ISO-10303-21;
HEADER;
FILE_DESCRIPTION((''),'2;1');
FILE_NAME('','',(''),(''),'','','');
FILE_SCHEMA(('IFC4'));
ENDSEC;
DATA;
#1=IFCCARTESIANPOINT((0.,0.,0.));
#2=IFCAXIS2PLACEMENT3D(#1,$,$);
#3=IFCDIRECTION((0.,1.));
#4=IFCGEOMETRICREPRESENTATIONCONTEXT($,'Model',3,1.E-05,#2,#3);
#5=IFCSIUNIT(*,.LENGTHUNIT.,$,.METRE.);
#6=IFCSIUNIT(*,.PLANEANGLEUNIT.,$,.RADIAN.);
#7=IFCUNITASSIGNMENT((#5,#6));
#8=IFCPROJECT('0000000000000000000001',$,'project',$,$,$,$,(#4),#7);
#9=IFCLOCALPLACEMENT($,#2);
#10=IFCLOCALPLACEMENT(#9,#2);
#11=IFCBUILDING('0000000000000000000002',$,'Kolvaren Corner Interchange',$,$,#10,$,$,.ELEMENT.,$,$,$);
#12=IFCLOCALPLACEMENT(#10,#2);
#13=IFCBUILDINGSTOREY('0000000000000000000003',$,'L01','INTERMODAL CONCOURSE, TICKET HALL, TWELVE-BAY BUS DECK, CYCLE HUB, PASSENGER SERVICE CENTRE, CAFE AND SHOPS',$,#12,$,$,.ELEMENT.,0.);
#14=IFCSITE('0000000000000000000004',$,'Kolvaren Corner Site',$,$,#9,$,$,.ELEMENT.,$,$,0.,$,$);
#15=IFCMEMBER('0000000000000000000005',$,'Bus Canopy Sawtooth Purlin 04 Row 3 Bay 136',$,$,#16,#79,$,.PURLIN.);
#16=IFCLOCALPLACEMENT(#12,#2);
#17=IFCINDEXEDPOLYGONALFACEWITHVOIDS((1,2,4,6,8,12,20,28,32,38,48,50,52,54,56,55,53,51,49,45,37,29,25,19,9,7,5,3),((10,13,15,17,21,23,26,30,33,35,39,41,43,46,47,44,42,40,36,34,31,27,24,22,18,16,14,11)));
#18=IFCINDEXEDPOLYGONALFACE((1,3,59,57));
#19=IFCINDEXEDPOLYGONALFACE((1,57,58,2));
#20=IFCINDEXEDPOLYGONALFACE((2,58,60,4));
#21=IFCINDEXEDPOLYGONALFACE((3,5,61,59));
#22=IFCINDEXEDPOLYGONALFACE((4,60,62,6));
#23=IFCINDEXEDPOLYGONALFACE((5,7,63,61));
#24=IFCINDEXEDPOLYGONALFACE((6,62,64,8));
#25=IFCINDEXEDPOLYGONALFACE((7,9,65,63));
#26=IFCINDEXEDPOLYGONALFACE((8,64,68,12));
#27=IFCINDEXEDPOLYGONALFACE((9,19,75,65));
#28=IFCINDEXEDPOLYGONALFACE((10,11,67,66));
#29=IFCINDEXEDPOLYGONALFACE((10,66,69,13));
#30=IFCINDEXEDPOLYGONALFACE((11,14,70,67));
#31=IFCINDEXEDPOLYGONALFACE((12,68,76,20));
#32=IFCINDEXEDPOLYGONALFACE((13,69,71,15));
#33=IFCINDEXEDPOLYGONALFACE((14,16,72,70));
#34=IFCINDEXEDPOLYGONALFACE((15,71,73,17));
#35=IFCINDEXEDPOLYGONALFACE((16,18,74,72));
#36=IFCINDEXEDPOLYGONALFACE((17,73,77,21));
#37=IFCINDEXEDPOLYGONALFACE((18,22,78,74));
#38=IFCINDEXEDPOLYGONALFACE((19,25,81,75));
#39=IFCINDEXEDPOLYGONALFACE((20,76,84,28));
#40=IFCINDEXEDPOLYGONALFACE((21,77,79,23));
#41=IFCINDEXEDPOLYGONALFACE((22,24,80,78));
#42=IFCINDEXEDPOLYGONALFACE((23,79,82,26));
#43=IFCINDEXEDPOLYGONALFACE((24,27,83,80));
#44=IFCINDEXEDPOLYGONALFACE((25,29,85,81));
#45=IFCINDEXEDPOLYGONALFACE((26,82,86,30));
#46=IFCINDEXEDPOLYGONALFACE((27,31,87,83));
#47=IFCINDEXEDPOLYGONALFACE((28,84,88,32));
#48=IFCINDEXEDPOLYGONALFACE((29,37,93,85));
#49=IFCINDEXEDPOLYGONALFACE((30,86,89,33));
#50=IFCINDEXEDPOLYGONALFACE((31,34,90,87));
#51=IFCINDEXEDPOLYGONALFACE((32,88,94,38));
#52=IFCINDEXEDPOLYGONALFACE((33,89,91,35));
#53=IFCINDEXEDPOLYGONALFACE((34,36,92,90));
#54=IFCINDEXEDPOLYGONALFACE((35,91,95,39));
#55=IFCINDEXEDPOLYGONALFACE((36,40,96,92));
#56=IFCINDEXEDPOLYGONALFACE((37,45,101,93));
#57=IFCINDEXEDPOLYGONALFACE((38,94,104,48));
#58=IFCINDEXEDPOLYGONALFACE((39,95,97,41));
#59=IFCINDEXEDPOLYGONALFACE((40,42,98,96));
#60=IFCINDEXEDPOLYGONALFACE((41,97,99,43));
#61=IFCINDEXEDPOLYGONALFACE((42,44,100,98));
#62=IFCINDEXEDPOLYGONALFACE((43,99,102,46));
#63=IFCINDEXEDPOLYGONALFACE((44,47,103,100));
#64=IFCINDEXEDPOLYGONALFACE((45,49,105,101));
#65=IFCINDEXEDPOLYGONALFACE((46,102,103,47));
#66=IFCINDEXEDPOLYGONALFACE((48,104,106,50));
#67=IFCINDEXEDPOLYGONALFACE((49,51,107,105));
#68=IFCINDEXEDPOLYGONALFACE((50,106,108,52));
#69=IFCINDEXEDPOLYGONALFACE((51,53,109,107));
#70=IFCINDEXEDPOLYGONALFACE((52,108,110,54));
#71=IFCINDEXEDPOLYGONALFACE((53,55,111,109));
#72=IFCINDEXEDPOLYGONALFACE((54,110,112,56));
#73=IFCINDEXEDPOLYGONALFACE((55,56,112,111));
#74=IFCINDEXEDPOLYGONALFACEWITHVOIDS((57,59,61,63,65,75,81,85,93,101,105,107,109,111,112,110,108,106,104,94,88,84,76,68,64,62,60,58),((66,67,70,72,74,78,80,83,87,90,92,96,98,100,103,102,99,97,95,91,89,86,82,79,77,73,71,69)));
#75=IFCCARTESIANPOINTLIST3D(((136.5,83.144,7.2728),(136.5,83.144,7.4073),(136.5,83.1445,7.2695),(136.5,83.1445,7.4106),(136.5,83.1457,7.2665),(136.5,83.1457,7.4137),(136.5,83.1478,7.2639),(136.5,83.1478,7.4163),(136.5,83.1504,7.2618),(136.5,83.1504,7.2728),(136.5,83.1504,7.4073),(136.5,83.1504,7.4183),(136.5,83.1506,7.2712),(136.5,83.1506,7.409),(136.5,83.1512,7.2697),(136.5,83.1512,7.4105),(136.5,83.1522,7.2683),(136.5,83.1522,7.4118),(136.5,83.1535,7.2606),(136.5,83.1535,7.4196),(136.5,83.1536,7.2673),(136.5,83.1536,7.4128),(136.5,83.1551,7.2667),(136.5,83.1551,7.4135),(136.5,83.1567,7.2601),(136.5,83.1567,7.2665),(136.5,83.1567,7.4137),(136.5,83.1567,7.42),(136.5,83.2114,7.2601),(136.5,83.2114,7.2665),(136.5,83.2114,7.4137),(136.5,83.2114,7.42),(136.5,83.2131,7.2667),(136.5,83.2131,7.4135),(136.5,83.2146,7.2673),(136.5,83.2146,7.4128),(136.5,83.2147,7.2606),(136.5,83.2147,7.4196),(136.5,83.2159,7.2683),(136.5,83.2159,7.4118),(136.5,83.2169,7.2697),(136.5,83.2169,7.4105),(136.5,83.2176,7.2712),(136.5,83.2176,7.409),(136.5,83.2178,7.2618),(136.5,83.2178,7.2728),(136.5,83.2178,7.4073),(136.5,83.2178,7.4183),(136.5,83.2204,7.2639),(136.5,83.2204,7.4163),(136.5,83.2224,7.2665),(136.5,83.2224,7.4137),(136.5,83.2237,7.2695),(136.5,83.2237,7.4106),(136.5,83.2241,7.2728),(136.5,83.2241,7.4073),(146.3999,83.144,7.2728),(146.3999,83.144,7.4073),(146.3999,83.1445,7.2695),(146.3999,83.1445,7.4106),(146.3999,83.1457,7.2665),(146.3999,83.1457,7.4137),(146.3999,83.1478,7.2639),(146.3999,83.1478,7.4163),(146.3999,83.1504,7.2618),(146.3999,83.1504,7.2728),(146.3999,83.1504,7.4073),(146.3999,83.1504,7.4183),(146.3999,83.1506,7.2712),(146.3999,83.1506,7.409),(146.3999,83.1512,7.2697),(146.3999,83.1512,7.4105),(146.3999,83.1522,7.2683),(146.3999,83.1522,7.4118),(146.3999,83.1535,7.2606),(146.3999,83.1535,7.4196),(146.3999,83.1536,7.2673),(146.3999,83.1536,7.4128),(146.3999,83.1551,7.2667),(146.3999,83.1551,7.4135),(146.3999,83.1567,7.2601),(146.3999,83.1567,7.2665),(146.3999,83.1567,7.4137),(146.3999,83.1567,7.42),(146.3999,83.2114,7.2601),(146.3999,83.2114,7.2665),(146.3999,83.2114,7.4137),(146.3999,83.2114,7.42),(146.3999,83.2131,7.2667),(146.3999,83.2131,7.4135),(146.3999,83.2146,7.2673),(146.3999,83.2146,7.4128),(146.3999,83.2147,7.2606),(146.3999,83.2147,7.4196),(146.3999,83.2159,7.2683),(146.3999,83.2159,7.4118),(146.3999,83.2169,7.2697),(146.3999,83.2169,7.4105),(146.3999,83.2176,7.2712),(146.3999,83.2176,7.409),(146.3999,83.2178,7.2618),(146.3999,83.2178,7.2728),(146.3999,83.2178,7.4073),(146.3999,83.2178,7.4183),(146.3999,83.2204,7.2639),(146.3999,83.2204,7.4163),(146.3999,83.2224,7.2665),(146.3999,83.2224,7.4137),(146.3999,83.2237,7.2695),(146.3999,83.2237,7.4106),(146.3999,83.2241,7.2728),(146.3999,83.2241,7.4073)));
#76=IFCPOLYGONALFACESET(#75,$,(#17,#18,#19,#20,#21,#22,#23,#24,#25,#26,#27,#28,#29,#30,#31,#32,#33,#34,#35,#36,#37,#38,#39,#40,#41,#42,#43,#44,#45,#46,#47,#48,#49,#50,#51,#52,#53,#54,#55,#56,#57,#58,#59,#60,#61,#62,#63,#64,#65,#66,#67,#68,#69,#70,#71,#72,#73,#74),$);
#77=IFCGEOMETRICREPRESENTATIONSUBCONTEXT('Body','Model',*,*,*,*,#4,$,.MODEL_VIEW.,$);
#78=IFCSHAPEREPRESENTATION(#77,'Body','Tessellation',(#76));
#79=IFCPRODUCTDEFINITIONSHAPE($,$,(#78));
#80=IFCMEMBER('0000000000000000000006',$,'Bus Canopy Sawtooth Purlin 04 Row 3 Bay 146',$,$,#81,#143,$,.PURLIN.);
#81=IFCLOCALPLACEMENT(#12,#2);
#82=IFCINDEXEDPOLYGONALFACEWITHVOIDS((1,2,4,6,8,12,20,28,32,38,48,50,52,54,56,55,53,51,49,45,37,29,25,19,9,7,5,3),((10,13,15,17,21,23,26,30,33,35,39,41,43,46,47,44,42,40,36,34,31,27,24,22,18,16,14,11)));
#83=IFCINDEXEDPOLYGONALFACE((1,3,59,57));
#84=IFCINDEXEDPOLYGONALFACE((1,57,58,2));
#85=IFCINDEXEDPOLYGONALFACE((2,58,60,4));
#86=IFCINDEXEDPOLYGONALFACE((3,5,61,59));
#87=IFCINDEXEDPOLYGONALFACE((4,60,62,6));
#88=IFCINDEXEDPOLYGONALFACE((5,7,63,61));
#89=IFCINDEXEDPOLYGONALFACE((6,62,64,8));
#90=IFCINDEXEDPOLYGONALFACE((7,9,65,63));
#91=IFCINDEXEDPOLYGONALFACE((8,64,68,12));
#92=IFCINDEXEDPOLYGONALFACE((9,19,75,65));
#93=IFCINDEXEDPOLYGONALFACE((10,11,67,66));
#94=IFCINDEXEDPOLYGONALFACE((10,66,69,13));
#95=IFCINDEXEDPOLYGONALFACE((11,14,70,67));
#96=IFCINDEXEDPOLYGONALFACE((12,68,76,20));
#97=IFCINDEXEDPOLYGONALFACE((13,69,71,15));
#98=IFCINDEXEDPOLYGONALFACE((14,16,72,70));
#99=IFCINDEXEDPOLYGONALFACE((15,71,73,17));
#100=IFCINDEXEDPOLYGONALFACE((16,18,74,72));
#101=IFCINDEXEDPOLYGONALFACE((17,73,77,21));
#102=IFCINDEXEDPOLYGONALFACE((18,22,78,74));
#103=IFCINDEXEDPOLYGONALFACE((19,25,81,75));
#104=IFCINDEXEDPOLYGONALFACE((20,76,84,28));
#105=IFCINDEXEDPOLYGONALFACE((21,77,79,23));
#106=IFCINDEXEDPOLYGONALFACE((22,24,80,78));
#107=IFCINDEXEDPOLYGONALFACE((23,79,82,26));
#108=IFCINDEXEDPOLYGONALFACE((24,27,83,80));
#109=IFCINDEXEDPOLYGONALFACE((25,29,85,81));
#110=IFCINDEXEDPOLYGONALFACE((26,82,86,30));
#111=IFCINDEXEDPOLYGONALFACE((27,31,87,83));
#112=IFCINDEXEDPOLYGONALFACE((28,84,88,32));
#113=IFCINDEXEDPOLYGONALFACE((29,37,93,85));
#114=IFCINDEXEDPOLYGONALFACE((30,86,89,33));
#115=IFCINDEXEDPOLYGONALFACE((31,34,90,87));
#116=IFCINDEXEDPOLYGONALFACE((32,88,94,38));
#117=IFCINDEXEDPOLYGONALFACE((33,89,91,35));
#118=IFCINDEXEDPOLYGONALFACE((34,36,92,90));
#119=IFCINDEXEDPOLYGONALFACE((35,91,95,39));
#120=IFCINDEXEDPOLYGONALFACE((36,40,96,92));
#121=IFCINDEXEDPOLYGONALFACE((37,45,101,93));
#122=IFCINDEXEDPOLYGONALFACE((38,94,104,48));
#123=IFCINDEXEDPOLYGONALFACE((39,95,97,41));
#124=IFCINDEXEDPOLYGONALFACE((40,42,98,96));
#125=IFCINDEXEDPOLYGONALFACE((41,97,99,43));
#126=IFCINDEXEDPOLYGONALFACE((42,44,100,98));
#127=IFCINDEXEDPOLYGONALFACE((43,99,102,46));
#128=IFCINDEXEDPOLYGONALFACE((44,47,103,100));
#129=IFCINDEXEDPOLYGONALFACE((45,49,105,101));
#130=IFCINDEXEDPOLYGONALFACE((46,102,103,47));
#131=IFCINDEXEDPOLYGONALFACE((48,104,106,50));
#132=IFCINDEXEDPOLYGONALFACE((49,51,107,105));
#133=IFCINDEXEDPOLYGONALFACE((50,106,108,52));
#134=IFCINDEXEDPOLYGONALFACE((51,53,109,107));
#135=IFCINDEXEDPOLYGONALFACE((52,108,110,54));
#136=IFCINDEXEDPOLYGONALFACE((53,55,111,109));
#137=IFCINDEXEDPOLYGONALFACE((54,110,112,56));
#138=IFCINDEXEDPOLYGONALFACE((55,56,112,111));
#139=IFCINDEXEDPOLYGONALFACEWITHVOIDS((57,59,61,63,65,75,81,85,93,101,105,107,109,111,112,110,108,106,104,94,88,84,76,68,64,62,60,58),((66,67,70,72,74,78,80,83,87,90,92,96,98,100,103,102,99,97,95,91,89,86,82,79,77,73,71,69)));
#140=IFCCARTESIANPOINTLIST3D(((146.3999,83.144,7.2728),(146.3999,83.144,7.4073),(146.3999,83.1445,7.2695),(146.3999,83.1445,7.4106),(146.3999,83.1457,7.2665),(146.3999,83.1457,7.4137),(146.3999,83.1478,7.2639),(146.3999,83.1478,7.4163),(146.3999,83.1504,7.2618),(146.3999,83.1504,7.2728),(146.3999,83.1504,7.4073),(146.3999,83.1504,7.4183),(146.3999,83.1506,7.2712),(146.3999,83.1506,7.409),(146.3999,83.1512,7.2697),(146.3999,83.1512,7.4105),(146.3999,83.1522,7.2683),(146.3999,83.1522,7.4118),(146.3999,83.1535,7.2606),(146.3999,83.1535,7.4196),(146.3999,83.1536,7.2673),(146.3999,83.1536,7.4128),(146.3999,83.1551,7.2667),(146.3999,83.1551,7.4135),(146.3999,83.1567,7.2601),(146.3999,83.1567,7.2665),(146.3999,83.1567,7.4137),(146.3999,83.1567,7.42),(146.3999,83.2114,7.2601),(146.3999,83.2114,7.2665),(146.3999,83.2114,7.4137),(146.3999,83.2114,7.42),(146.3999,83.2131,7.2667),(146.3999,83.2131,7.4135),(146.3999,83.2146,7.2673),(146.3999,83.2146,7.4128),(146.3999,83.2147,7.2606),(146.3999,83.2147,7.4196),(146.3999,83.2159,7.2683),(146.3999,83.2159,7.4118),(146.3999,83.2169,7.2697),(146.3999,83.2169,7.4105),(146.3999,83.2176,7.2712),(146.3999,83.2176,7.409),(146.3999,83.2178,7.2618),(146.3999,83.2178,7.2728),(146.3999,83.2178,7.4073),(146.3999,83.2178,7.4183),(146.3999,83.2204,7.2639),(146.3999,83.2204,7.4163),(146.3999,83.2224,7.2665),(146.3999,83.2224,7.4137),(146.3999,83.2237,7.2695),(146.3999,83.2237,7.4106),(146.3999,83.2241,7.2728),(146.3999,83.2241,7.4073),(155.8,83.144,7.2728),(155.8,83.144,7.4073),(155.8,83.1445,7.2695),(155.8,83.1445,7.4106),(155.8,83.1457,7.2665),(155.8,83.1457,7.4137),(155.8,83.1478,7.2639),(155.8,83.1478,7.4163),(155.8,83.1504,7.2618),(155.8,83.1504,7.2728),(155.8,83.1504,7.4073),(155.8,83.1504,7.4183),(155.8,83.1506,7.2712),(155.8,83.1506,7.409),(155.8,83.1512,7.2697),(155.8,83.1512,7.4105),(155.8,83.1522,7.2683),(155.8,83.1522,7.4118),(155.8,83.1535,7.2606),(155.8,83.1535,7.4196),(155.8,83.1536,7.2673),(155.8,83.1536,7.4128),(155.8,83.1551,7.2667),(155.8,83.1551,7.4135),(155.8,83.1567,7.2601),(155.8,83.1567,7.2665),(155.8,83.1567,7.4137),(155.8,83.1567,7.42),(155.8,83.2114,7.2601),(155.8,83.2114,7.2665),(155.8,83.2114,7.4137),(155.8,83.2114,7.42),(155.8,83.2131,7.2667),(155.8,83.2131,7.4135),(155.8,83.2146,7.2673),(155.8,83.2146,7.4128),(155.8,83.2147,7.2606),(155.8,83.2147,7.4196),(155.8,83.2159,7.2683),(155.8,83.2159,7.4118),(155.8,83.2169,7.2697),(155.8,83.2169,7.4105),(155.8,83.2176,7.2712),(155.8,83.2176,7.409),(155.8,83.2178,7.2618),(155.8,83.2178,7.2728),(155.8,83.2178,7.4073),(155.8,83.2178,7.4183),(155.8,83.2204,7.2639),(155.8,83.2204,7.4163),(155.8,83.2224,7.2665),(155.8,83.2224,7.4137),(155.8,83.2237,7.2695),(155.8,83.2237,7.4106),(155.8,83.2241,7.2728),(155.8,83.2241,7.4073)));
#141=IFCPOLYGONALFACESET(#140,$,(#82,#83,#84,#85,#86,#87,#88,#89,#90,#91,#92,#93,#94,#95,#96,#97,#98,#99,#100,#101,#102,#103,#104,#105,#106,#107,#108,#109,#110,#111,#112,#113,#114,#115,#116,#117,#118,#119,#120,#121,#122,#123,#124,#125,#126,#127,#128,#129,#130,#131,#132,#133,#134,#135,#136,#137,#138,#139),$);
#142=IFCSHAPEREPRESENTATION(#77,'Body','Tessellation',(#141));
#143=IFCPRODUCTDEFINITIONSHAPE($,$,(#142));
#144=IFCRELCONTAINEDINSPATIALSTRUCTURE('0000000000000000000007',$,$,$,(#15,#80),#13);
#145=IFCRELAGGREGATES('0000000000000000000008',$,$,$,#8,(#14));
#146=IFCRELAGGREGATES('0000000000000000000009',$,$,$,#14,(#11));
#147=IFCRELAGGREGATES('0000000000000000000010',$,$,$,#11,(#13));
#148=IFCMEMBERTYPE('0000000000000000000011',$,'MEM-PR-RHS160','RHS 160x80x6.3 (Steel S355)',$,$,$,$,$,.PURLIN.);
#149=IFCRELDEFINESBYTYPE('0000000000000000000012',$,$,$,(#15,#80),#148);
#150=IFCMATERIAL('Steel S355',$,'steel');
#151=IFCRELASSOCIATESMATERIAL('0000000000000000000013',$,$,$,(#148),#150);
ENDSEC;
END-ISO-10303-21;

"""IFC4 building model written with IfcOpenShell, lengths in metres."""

from ifc_helpers import new_model, si_unit, direction, frame, origin, origin_2d, place, context, subcontext, project, spatial, hollow_rectangle, extrude, material, material_profile, profile_set, type_object, element, save


model = new_model("IFC4")

# Units and contexts
model_context = context("Model", 3, precision=1e-05, world=origin(), true_north=direction((0.0, 1.0)))
body_context = subcontext(model_context, "Body", "Model", "MODEL_VIEW")
ifc_project = project(units=[si_unit("LENGTHUNIT", "METRE"), si_unit("PLANEANGLEUNIT", "RADIAN")], contexts=[model_context])

# Site, building, storey
site_placement = place(None, origin())
site = spatial("IfcSite", under=ifc_project, at=site_placement, Name="Kolvaren Corner Site", CompositionType="ELEMENT", RefElevation=0.0)
building_placement = place(site_placement, origin())
building = spatial("IfcBuilding", under=site, at=building_placement, Name="Kolvaren Corner Interchange", CompositionType="ELEMENT")
storey_placement = place(building_placement, origin())
storey = spatial("IfcBuildingStorey", under=building, at=storey_placement, Name="L01", Description="INTERMODAL CONCOURSE, TICKET HALL, TWELVE-BAY BUS DECK, CYCLE HUB, PASSENGER SERVICE CENTRE, CAFE AND SHOPS", CompositionType="ELEMENT", Elevation=0.0)

# Members
ifc_material_1 = material(Name="Steel S355", Category="steel")
ifc_material_profile_1 = material_profile(ifc_material_1, hollow_rectangle(XDim=0.0801, YDim=0.1599, WallThickness=0.0063, InnerFilletRadius=0.0063, OuterFilletRadius=0.0127, at=origin_2d()), Name="RHS 160x80x6.3")
ifc_profile_set_1 = profile_set([ifc_material_profile_1], Name="Steel S355")
member_type_1 = type_object("IfcMemberType", Name="MEM-PR-RHS160", Description="RHS 160x80x6.3 (Steel S355)", PredefinedType="PURLIN", material=ifc_profile_set_1)
member_1_placement = place(storey_placement, frame((136.5, 83.1841, 7.3401), z_axis=(1.0, 0.0, 0.0), x_axis=(0.0, 1.0, 0.0)))
element("IfcMember", 1, at=member_1_placement, inside=storey, type_object=member_type_1, Name="Bus Canopy Sawtooth Purlin 04 Row 3 Bay 136", PredefinedType="PURLIN", context=body_context, shape_type="SweptSolid", body=[
    extrude(hollow_rectangle(XDim=0.0801, YDim=0.1599, WallThickness=0.0063, InnerFilletRadius=0.0063, OuterFilletRadius=0.0127, at=origin_2d()), origin(), (0.0, 0.0, 1.0), 9.8999),
])
member_2_placement = place(storey_placement, frame((146.3999, 83.1841, 7.3401), z_axis=(1.0, 0.0, 0.0), x_axis=(0.0, 1.0, 0.0)))
element("IfcMember", 2, at=member_2_placement, inside=storey, type_object=member_type_1, Name="Bus Canopy Sawtooth Purlin 04 Row 3 Bay 146", PredefinedType="PURLIN", context=body_context, shape_type="SweptSolid", body=[
    extrude(hollow_rectangle(XDim=0.0801, YDim=0.1599, WallThickness=0.0063, InnerFilletRadius=0.0063, OuterFilletRadius=0.0127, at=origin_2d()), origin(), (0.0, 0.0, 1.0), 9.4001),
])

save(model, "model.ifc")
